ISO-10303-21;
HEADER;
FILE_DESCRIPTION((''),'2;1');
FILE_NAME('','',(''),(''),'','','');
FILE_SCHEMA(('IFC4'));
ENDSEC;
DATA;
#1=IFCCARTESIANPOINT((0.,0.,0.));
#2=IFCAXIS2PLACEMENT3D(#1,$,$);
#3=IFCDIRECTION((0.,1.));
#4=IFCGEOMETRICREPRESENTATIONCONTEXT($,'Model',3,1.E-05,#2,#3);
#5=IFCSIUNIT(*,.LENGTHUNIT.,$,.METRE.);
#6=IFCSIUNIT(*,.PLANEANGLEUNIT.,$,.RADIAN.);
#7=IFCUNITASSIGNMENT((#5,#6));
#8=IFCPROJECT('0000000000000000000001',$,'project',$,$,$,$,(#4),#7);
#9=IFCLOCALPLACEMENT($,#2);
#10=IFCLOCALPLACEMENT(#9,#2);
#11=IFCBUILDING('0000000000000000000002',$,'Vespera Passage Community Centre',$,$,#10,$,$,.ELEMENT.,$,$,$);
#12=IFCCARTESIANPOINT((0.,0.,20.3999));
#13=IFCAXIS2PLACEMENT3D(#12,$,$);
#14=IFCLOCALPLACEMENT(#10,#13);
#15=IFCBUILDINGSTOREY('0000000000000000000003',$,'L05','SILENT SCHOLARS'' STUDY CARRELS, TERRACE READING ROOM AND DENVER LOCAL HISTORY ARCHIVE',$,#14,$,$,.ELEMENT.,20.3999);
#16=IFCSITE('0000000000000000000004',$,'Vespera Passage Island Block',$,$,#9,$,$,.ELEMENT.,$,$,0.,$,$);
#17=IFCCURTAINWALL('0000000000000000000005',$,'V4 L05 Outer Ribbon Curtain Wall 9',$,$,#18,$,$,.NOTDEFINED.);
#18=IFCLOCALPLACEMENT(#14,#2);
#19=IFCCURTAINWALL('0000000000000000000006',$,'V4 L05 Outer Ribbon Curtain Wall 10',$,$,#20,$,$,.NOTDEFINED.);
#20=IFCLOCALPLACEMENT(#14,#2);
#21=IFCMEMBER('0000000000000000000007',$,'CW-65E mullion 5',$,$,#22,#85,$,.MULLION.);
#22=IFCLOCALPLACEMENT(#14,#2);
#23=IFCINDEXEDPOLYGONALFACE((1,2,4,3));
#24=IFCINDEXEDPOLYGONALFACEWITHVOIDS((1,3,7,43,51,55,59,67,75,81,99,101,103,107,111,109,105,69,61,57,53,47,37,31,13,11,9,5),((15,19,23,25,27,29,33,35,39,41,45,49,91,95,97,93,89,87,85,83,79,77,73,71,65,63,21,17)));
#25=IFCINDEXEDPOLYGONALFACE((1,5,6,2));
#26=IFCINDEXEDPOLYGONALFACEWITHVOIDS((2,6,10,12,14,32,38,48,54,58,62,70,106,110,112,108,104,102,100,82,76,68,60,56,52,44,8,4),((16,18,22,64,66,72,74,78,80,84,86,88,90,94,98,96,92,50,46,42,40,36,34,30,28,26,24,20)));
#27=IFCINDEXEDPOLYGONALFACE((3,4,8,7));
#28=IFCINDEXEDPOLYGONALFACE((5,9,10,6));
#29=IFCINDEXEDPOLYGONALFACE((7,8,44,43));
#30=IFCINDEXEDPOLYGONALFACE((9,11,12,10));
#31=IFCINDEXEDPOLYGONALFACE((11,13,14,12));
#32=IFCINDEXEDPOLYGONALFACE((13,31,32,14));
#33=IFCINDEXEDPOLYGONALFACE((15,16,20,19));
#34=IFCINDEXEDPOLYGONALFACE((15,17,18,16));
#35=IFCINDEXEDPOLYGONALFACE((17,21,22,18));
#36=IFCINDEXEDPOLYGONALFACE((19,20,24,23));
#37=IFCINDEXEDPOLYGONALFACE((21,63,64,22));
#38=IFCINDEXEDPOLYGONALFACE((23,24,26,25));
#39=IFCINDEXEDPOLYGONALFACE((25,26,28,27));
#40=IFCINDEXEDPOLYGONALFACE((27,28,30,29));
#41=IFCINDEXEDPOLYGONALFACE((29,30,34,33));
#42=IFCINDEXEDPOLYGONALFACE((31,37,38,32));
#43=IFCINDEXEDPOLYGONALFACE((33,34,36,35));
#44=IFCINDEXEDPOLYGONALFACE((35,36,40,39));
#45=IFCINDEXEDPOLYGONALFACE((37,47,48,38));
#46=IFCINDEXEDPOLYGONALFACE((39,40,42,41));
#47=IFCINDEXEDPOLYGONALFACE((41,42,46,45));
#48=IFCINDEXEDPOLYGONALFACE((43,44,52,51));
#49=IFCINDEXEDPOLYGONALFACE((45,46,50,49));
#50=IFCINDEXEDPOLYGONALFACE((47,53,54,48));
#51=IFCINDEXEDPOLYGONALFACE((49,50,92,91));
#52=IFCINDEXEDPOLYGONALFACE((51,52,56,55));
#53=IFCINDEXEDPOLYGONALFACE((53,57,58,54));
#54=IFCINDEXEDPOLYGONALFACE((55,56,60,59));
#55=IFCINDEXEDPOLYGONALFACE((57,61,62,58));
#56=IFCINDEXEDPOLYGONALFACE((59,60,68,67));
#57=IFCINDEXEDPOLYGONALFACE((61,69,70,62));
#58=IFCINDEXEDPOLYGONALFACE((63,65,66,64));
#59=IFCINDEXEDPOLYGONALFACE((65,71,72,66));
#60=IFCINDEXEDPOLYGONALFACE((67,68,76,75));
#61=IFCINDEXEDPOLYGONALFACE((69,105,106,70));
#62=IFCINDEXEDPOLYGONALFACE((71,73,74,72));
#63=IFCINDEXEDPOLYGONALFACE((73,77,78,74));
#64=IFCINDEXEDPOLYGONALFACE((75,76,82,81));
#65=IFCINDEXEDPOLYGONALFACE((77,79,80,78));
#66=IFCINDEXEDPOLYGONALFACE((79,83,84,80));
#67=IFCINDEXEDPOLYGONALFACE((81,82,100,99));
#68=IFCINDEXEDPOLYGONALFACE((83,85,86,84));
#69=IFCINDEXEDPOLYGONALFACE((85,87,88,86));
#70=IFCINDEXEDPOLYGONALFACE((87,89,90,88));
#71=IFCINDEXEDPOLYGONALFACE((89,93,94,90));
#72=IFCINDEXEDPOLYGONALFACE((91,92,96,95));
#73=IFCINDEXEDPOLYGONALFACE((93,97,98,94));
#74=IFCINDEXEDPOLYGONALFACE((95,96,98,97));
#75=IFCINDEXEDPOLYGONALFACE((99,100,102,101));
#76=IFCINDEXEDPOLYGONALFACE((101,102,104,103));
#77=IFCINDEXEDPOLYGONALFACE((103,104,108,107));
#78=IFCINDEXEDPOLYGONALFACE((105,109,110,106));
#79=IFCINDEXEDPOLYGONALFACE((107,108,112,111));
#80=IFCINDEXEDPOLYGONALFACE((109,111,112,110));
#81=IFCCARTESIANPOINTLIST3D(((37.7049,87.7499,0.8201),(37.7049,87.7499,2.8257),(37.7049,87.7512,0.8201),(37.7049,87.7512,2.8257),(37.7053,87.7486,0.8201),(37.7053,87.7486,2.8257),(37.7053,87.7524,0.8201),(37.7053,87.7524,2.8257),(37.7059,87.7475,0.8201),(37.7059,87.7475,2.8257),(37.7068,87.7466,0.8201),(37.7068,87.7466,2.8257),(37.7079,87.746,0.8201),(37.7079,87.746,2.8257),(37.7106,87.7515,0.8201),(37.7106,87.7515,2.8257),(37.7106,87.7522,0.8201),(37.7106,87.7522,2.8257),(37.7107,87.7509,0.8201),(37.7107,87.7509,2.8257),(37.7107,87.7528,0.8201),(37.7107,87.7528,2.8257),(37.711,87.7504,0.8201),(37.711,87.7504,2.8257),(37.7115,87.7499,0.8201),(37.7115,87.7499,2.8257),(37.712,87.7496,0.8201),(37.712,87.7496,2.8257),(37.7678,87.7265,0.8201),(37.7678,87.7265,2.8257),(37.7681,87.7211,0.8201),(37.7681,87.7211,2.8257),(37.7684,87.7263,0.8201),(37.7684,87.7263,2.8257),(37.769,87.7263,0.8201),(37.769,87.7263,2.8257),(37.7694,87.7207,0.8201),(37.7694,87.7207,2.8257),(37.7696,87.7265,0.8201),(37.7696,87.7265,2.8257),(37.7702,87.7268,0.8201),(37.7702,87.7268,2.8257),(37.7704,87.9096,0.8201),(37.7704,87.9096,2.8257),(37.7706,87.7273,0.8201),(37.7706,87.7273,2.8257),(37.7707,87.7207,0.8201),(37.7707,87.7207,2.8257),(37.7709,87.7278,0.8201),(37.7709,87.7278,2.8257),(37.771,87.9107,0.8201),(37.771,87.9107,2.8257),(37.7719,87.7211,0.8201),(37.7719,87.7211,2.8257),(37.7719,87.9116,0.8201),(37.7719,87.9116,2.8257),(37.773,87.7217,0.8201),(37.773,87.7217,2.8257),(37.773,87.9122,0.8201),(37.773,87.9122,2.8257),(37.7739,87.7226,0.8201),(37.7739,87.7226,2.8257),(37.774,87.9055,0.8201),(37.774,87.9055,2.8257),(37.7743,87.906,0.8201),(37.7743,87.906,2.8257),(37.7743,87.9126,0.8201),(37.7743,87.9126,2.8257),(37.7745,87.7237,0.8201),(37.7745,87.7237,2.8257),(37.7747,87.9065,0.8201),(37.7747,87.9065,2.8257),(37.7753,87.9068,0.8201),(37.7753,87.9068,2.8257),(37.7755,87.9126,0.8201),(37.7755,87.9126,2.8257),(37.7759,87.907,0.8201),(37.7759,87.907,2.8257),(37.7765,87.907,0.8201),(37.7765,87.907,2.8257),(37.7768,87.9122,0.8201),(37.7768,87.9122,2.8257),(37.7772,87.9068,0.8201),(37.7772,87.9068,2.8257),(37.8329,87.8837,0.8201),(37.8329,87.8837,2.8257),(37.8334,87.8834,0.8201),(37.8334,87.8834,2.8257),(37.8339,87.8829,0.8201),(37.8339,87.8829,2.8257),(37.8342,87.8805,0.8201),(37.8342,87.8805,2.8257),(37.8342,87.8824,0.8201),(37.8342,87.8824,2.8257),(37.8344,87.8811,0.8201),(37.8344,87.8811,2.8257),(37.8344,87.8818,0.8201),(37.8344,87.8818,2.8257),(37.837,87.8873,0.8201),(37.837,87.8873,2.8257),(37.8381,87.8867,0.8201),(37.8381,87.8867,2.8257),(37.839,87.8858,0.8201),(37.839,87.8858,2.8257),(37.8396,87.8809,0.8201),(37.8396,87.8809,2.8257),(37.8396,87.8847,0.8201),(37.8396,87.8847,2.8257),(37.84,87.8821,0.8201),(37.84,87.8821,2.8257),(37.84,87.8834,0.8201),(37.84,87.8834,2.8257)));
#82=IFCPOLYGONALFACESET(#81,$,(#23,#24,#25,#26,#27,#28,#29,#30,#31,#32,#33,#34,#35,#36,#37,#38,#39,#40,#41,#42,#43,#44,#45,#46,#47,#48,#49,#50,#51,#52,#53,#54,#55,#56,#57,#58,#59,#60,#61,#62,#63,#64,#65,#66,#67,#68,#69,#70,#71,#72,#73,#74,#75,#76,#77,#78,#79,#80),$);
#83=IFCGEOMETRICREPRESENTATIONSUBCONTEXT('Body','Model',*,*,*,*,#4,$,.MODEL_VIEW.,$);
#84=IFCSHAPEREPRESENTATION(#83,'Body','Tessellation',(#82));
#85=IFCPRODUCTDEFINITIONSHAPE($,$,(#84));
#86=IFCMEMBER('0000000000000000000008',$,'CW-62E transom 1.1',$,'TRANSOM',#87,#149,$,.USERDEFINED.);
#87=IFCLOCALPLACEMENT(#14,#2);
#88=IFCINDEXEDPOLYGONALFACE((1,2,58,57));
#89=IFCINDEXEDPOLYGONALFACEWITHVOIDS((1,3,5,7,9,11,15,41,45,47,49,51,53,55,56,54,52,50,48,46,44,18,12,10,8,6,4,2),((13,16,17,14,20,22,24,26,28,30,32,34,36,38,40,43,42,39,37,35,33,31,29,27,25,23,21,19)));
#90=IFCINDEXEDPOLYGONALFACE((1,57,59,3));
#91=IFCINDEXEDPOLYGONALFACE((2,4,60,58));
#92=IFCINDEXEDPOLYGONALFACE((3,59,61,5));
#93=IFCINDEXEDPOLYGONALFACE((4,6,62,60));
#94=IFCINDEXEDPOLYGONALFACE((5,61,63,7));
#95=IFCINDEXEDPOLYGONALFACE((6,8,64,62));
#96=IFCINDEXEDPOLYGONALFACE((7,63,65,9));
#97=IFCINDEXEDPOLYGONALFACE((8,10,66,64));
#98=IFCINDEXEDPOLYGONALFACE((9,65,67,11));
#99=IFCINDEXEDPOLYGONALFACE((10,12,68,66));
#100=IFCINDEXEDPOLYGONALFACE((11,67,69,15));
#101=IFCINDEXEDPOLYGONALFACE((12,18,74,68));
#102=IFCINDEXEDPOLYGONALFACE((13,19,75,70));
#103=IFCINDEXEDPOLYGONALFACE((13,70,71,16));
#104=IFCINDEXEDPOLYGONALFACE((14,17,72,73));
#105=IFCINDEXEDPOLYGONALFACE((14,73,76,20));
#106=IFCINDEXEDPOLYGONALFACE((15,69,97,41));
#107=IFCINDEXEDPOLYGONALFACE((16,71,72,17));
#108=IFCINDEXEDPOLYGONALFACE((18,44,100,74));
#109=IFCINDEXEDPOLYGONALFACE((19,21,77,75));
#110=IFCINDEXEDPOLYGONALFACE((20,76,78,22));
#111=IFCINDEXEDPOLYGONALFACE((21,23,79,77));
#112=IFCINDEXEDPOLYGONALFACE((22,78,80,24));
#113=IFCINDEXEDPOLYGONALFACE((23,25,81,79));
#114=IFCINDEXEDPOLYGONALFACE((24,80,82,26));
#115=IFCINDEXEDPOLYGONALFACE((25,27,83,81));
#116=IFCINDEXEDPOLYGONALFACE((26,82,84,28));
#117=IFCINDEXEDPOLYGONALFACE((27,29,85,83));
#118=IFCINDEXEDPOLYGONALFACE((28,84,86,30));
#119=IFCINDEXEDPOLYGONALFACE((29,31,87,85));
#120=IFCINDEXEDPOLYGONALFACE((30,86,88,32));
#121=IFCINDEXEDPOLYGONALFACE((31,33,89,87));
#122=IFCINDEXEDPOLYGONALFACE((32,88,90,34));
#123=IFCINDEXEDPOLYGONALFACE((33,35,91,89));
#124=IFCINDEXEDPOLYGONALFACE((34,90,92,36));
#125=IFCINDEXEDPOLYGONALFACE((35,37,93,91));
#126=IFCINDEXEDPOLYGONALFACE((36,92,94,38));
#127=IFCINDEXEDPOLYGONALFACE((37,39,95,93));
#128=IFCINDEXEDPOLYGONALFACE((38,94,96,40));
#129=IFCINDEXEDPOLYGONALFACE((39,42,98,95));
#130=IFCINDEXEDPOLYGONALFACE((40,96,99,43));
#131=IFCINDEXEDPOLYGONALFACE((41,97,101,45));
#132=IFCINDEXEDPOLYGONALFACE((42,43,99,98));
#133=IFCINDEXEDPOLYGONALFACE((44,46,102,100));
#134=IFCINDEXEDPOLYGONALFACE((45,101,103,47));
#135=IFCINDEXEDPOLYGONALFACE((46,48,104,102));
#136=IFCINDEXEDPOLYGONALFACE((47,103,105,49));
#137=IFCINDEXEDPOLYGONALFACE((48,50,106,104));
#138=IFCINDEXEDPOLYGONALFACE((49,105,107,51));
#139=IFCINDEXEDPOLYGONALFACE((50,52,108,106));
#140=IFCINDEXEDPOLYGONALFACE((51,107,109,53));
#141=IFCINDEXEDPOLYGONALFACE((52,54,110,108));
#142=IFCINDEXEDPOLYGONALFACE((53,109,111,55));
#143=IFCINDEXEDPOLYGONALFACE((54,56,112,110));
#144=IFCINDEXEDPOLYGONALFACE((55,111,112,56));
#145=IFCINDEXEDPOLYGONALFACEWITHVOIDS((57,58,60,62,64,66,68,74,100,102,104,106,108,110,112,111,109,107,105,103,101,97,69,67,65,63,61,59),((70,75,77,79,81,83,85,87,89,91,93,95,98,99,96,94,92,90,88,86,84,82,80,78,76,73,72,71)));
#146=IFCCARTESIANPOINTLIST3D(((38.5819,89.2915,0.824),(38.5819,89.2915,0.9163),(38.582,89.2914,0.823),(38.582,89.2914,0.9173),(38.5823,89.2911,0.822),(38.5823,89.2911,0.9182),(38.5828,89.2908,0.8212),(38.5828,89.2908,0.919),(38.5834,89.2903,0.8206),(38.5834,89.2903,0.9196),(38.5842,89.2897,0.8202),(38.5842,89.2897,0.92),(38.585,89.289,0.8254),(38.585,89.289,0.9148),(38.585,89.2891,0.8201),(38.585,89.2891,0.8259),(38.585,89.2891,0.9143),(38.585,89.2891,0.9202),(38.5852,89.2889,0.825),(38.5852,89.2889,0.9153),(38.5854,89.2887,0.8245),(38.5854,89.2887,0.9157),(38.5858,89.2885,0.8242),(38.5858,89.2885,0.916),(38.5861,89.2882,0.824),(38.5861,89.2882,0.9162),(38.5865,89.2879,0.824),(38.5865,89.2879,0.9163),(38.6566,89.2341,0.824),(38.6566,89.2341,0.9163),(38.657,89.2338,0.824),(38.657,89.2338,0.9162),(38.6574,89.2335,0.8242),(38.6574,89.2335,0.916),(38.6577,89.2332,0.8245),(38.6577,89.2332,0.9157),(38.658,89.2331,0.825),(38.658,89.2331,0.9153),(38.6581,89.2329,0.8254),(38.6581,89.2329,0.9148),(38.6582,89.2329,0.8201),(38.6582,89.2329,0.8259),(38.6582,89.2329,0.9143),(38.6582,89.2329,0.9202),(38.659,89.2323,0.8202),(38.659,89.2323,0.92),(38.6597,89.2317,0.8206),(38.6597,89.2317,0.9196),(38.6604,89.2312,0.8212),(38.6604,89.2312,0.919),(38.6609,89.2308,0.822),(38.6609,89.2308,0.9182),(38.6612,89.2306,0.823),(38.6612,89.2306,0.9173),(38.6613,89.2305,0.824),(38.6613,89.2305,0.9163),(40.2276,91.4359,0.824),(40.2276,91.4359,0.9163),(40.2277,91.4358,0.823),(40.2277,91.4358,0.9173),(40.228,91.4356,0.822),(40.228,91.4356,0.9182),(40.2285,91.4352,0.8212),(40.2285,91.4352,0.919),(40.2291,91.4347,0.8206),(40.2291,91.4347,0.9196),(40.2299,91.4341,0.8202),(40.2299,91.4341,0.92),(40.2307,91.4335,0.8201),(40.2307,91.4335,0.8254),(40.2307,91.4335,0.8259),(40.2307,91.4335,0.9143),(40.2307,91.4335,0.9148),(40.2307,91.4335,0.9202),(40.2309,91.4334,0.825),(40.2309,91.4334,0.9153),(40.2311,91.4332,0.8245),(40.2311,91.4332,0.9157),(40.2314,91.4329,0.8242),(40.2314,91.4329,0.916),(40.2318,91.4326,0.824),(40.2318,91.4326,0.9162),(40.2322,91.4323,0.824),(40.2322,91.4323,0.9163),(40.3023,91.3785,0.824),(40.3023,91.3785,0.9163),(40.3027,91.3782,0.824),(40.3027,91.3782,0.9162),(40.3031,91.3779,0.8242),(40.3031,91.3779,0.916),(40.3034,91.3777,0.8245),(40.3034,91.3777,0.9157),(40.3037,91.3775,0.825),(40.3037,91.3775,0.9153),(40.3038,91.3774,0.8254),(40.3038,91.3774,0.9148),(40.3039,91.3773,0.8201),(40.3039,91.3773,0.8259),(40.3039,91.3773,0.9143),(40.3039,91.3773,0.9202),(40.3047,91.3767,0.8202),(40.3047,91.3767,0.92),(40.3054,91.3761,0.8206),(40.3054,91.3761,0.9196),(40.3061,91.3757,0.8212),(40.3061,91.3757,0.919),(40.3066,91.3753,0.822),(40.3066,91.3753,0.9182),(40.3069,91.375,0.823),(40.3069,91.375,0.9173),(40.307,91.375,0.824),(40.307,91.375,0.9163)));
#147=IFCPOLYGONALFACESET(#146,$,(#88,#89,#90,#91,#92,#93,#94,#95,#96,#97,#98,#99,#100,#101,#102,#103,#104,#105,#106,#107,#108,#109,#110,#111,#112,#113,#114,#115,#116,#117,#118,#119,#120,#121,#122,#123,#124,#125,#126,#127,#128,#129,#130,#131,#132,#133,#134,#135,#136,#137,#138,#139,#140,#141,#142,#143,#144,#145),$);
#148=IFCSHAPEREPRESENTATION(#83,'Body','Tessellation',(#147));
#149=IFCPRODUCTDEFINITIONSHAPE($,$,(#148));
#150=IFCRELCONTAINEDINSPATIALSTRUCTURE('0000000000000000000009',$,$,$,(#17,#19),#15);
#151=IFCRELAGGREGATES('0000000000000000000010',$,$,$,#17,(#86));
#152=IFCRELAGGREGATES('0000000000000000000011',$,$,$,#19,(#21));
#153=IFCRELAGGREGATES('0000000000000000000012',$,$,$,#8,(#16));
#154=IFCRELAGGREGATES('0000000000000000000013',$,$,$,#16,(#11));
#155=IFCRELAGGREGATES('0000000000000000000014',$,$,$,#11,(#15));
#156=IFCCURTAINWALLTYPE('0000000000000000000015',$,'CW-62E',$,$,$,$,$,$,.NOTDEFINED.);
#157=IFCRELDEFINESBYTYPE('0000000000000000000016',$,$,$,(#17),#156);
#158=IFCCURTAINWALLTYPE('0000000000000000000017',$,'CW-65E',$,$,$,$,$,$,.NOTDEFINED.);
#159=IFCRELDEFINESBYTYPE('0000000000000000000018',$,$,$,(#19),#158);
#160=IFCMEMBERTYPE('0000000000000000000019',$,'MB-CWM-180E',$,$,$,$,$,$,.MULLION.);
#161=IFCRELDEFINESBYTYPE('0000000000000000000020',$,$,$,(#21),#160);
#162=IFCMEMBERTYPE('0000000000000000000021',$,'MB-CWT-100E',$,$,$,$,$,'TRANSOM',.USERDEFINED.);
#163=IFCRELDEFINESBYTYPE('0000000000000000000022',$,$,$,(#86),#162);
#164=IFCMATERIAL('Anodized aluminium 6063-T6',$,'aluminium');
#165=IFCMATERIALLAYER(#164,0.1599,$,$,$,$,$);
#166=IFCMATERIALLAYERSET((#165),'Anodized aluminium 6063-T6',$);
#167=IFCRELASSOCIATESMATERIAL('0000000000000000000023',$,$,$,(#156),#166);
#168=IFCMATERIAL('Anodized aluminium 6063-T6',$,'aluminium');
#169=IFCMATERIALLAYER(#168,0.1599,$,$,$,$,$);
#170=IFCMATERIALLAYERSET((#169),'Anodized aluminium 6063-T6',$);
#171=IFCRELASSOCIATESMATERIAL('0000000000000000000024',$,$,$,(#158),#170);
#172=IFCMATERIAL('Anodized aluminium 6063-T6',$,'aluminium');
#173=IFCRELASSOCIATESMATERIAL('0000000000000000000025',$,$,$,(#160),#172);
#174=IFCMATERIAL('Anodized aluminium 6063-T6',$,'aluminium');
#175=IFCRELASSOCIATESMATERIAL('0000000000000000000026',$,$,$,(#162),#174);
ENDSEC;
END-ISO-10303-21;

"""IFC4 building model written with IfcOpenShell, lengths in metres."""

from ifc_helpers import new_model, si_unit, direction, frame, origin, origin_2d, place, context, subcontext, project, spatial, hollow_rectangle, extrude, material, layer, layer_set, material_profile, profile_set, type_object, element, aggregate, save


model = new_model("IFC4")

# Units and contexts
model_context = context("Model", 3, precision=1e-05, world=origin(), true_north=direction((0.0, 1.0)))
body_context = subcontext(model_context, "Body", "Model", "MODEL_VIEW")
ifc_project = project(units=[si_unit("LENGTHUNIT", "METRE"), si_unit("PLANEANGLEUNIT", "RADIAN")], contexts=[model_context])

# Site, building, storey
site_placement = place(None, origin())
site = spatial("IfcSite", under=ifc_project, at=site_placement, Name="Vespera Passage Island Block", CompositionType="ELEMENT", RefElevation=0.0)
building_placement = place(site_placement, origin())
building = spatial("IfcBuilding", under=site, at=building_placement, Name="Vespera Passage Community Centre", CompositionType="ELEMENT")
storey_placement = place(building_placement, frame((0.0, 0.0, 20.3999)))
storey = spatial("IfcBuildingStorey", under=building, at=storey_placement, Name="L05", Description="SILENT SCHOLARS' STUDY CARRELS, TERRACE READING ROOM AND DENVER LOCAL HISTORY ARCHIVE", CompositionType="ELEMENT", Elevation=20.3999)

# Curtain wall
ifc_material_1 = material(Name="Anodized aluminium 6063-T6", Category="aluminium")
ifc_layer_1 = layer(ifc_material_1, 0.1599)
ifc_layer_set_1 = layer_set([ifc_layer_1], Name="Anodized aluminium 6063-T6")
curtain_wall_type_1 = type_object("IfcCurtainWallType", Name="CW-62E", PredefinedType="NOTDEFINED", material=ifc_layer_set_1)
curtain_wall_1_placement = place(storey_placement, origin())
curtain_wall_1 = element("IfcCurtainWall", 1, at=curtain_wall_1_placement, inside=storey, type_object=curtain_wall_type_1, Name="V4 L05 Outer Ribbon Curtain Wall 9", PredefinedType="NOTDEFINED")

# Curtain wall, member
ifc_material_2 = material(Name="Anodized aluminium 6063-T6", Category="aluminium")
ifc_layer_2 = layer(ifc_material_2, 0.1599)
ifc_layer_set_2 = layer_set([ifc_layer_2], Name="Anodized aluminium 6063-T6")
curtain_wall_type_2 = type_object("IfcCurtainWallType", Name="CW-65E", PredefinedType="NOTDEFINED", material=ifc_layer_set_2)
curtain_wall_2_placement = place(storey_placement, origin())
curtain_wall_2 = element("IfcCurtainWall", 2, at=curtain_wall_2_placement, inside=storey, type_object=curtain_wall_type_2, Name="V4 L05 Outer Ribbon Curtain Wall 10", PredefinedType="NOTDEFINED")
ifc_material_3 = material(Name="Anodized aluminium 6063-T6", Category="aluminium")
ifc_material_profile_1 = material_profile(ifc_material_3, hollow_rectangle(XDim=0.075, YDim=0.1799, WallThickness=0.0049, InnerFilletRadius=0.0024, OuterFilletRadius=0.0049, at=origin_2d()), Name="ALU180X75X5")
ifc_profile_set_1 = profile_set([ifc_material_profile_1], Name="Anodized aluminium 6063-T6")
member_type_1 = type_object("IfcMemberType", Name="MB-CWM-180E", PredefinedType="MULLION", material=ifc_profile_set_1)
member_1_placement = place(storey_placement, frame((37.7725, 87.8167, 0.8201), z_axis=(0.0, 0.0, 1.0), x_axis=(-0.923881, 0.382679, 0.0)))
member_1 = element("IfcMember", 3, at=member_1_placement, type_object=member_type_1, Name="CW-65E mullion 5", PredefinedType="MULLION", context=body_context, shape_type="SweptSolid", body=[
    extrude(hollow_rectangle(XDim=0.075, YDim=0.1799, WallThickness=0.0049, InnerFilletRadius=0.0024, OuterFilletRadius=0.0049, at=origin_2d()), origin(), (0.0, 0.0, 1.0), 2.0056),
])

# Member
ifc_material_4 = material(Name="Anodized aluminium 6063-T6", Category="aluminium")
ifc_material_profile_2 = material_profile(ifc_material_4, hollow_rectangle(XDim=0.1001, YDim=0.1001, WallThickness=0.0039, InnerFilletRadius=0.002, OuterFilletRadius=0.0039, at=origin_2d()), Name="ALU100X100X4")
ifc_profile_set_2 = profile_set([ifc_material_profile_2], Name="Anodized aluminium 6063-T6")
member_type_2 = type_object("IfcMemberType", Name="MB-CWT-100E", ElementType="TRANSOM", PredefinedType="USERDEFINED", material=ifc_profile_set_2)
member_2_placement = place(storey_placement, frame((38.6216, 89.261, 0.8701), z_axis=(0.608807, 0.793318, 0.0), x_axis=(-0.793318, 0.608807, 0.0)))
member_2 = element("IfcMember", 4, at=member_2_placement, type_object=member_type_2, Name="CW-62E transom 1.1", ObjectType="TRANSOM", PredefinedType="USERDEFINED", context=body_context, shape_type="SweptSolid", body=[
    extrude(hollow_rectangle(XDim=0.1001, YDim=0.1001, WallThickness=0.0039, InnerFilletRadius=0.002, OuterFilletRadius=0.0039, at=origin_2d()), origin(), (0.0, 0.0, 1.0), 2.7031),
])
aggregate(curtain_wall_1, [member_2])

aggregate(curtain_wall_2, [member_1])

save(model, "model.ifc")
